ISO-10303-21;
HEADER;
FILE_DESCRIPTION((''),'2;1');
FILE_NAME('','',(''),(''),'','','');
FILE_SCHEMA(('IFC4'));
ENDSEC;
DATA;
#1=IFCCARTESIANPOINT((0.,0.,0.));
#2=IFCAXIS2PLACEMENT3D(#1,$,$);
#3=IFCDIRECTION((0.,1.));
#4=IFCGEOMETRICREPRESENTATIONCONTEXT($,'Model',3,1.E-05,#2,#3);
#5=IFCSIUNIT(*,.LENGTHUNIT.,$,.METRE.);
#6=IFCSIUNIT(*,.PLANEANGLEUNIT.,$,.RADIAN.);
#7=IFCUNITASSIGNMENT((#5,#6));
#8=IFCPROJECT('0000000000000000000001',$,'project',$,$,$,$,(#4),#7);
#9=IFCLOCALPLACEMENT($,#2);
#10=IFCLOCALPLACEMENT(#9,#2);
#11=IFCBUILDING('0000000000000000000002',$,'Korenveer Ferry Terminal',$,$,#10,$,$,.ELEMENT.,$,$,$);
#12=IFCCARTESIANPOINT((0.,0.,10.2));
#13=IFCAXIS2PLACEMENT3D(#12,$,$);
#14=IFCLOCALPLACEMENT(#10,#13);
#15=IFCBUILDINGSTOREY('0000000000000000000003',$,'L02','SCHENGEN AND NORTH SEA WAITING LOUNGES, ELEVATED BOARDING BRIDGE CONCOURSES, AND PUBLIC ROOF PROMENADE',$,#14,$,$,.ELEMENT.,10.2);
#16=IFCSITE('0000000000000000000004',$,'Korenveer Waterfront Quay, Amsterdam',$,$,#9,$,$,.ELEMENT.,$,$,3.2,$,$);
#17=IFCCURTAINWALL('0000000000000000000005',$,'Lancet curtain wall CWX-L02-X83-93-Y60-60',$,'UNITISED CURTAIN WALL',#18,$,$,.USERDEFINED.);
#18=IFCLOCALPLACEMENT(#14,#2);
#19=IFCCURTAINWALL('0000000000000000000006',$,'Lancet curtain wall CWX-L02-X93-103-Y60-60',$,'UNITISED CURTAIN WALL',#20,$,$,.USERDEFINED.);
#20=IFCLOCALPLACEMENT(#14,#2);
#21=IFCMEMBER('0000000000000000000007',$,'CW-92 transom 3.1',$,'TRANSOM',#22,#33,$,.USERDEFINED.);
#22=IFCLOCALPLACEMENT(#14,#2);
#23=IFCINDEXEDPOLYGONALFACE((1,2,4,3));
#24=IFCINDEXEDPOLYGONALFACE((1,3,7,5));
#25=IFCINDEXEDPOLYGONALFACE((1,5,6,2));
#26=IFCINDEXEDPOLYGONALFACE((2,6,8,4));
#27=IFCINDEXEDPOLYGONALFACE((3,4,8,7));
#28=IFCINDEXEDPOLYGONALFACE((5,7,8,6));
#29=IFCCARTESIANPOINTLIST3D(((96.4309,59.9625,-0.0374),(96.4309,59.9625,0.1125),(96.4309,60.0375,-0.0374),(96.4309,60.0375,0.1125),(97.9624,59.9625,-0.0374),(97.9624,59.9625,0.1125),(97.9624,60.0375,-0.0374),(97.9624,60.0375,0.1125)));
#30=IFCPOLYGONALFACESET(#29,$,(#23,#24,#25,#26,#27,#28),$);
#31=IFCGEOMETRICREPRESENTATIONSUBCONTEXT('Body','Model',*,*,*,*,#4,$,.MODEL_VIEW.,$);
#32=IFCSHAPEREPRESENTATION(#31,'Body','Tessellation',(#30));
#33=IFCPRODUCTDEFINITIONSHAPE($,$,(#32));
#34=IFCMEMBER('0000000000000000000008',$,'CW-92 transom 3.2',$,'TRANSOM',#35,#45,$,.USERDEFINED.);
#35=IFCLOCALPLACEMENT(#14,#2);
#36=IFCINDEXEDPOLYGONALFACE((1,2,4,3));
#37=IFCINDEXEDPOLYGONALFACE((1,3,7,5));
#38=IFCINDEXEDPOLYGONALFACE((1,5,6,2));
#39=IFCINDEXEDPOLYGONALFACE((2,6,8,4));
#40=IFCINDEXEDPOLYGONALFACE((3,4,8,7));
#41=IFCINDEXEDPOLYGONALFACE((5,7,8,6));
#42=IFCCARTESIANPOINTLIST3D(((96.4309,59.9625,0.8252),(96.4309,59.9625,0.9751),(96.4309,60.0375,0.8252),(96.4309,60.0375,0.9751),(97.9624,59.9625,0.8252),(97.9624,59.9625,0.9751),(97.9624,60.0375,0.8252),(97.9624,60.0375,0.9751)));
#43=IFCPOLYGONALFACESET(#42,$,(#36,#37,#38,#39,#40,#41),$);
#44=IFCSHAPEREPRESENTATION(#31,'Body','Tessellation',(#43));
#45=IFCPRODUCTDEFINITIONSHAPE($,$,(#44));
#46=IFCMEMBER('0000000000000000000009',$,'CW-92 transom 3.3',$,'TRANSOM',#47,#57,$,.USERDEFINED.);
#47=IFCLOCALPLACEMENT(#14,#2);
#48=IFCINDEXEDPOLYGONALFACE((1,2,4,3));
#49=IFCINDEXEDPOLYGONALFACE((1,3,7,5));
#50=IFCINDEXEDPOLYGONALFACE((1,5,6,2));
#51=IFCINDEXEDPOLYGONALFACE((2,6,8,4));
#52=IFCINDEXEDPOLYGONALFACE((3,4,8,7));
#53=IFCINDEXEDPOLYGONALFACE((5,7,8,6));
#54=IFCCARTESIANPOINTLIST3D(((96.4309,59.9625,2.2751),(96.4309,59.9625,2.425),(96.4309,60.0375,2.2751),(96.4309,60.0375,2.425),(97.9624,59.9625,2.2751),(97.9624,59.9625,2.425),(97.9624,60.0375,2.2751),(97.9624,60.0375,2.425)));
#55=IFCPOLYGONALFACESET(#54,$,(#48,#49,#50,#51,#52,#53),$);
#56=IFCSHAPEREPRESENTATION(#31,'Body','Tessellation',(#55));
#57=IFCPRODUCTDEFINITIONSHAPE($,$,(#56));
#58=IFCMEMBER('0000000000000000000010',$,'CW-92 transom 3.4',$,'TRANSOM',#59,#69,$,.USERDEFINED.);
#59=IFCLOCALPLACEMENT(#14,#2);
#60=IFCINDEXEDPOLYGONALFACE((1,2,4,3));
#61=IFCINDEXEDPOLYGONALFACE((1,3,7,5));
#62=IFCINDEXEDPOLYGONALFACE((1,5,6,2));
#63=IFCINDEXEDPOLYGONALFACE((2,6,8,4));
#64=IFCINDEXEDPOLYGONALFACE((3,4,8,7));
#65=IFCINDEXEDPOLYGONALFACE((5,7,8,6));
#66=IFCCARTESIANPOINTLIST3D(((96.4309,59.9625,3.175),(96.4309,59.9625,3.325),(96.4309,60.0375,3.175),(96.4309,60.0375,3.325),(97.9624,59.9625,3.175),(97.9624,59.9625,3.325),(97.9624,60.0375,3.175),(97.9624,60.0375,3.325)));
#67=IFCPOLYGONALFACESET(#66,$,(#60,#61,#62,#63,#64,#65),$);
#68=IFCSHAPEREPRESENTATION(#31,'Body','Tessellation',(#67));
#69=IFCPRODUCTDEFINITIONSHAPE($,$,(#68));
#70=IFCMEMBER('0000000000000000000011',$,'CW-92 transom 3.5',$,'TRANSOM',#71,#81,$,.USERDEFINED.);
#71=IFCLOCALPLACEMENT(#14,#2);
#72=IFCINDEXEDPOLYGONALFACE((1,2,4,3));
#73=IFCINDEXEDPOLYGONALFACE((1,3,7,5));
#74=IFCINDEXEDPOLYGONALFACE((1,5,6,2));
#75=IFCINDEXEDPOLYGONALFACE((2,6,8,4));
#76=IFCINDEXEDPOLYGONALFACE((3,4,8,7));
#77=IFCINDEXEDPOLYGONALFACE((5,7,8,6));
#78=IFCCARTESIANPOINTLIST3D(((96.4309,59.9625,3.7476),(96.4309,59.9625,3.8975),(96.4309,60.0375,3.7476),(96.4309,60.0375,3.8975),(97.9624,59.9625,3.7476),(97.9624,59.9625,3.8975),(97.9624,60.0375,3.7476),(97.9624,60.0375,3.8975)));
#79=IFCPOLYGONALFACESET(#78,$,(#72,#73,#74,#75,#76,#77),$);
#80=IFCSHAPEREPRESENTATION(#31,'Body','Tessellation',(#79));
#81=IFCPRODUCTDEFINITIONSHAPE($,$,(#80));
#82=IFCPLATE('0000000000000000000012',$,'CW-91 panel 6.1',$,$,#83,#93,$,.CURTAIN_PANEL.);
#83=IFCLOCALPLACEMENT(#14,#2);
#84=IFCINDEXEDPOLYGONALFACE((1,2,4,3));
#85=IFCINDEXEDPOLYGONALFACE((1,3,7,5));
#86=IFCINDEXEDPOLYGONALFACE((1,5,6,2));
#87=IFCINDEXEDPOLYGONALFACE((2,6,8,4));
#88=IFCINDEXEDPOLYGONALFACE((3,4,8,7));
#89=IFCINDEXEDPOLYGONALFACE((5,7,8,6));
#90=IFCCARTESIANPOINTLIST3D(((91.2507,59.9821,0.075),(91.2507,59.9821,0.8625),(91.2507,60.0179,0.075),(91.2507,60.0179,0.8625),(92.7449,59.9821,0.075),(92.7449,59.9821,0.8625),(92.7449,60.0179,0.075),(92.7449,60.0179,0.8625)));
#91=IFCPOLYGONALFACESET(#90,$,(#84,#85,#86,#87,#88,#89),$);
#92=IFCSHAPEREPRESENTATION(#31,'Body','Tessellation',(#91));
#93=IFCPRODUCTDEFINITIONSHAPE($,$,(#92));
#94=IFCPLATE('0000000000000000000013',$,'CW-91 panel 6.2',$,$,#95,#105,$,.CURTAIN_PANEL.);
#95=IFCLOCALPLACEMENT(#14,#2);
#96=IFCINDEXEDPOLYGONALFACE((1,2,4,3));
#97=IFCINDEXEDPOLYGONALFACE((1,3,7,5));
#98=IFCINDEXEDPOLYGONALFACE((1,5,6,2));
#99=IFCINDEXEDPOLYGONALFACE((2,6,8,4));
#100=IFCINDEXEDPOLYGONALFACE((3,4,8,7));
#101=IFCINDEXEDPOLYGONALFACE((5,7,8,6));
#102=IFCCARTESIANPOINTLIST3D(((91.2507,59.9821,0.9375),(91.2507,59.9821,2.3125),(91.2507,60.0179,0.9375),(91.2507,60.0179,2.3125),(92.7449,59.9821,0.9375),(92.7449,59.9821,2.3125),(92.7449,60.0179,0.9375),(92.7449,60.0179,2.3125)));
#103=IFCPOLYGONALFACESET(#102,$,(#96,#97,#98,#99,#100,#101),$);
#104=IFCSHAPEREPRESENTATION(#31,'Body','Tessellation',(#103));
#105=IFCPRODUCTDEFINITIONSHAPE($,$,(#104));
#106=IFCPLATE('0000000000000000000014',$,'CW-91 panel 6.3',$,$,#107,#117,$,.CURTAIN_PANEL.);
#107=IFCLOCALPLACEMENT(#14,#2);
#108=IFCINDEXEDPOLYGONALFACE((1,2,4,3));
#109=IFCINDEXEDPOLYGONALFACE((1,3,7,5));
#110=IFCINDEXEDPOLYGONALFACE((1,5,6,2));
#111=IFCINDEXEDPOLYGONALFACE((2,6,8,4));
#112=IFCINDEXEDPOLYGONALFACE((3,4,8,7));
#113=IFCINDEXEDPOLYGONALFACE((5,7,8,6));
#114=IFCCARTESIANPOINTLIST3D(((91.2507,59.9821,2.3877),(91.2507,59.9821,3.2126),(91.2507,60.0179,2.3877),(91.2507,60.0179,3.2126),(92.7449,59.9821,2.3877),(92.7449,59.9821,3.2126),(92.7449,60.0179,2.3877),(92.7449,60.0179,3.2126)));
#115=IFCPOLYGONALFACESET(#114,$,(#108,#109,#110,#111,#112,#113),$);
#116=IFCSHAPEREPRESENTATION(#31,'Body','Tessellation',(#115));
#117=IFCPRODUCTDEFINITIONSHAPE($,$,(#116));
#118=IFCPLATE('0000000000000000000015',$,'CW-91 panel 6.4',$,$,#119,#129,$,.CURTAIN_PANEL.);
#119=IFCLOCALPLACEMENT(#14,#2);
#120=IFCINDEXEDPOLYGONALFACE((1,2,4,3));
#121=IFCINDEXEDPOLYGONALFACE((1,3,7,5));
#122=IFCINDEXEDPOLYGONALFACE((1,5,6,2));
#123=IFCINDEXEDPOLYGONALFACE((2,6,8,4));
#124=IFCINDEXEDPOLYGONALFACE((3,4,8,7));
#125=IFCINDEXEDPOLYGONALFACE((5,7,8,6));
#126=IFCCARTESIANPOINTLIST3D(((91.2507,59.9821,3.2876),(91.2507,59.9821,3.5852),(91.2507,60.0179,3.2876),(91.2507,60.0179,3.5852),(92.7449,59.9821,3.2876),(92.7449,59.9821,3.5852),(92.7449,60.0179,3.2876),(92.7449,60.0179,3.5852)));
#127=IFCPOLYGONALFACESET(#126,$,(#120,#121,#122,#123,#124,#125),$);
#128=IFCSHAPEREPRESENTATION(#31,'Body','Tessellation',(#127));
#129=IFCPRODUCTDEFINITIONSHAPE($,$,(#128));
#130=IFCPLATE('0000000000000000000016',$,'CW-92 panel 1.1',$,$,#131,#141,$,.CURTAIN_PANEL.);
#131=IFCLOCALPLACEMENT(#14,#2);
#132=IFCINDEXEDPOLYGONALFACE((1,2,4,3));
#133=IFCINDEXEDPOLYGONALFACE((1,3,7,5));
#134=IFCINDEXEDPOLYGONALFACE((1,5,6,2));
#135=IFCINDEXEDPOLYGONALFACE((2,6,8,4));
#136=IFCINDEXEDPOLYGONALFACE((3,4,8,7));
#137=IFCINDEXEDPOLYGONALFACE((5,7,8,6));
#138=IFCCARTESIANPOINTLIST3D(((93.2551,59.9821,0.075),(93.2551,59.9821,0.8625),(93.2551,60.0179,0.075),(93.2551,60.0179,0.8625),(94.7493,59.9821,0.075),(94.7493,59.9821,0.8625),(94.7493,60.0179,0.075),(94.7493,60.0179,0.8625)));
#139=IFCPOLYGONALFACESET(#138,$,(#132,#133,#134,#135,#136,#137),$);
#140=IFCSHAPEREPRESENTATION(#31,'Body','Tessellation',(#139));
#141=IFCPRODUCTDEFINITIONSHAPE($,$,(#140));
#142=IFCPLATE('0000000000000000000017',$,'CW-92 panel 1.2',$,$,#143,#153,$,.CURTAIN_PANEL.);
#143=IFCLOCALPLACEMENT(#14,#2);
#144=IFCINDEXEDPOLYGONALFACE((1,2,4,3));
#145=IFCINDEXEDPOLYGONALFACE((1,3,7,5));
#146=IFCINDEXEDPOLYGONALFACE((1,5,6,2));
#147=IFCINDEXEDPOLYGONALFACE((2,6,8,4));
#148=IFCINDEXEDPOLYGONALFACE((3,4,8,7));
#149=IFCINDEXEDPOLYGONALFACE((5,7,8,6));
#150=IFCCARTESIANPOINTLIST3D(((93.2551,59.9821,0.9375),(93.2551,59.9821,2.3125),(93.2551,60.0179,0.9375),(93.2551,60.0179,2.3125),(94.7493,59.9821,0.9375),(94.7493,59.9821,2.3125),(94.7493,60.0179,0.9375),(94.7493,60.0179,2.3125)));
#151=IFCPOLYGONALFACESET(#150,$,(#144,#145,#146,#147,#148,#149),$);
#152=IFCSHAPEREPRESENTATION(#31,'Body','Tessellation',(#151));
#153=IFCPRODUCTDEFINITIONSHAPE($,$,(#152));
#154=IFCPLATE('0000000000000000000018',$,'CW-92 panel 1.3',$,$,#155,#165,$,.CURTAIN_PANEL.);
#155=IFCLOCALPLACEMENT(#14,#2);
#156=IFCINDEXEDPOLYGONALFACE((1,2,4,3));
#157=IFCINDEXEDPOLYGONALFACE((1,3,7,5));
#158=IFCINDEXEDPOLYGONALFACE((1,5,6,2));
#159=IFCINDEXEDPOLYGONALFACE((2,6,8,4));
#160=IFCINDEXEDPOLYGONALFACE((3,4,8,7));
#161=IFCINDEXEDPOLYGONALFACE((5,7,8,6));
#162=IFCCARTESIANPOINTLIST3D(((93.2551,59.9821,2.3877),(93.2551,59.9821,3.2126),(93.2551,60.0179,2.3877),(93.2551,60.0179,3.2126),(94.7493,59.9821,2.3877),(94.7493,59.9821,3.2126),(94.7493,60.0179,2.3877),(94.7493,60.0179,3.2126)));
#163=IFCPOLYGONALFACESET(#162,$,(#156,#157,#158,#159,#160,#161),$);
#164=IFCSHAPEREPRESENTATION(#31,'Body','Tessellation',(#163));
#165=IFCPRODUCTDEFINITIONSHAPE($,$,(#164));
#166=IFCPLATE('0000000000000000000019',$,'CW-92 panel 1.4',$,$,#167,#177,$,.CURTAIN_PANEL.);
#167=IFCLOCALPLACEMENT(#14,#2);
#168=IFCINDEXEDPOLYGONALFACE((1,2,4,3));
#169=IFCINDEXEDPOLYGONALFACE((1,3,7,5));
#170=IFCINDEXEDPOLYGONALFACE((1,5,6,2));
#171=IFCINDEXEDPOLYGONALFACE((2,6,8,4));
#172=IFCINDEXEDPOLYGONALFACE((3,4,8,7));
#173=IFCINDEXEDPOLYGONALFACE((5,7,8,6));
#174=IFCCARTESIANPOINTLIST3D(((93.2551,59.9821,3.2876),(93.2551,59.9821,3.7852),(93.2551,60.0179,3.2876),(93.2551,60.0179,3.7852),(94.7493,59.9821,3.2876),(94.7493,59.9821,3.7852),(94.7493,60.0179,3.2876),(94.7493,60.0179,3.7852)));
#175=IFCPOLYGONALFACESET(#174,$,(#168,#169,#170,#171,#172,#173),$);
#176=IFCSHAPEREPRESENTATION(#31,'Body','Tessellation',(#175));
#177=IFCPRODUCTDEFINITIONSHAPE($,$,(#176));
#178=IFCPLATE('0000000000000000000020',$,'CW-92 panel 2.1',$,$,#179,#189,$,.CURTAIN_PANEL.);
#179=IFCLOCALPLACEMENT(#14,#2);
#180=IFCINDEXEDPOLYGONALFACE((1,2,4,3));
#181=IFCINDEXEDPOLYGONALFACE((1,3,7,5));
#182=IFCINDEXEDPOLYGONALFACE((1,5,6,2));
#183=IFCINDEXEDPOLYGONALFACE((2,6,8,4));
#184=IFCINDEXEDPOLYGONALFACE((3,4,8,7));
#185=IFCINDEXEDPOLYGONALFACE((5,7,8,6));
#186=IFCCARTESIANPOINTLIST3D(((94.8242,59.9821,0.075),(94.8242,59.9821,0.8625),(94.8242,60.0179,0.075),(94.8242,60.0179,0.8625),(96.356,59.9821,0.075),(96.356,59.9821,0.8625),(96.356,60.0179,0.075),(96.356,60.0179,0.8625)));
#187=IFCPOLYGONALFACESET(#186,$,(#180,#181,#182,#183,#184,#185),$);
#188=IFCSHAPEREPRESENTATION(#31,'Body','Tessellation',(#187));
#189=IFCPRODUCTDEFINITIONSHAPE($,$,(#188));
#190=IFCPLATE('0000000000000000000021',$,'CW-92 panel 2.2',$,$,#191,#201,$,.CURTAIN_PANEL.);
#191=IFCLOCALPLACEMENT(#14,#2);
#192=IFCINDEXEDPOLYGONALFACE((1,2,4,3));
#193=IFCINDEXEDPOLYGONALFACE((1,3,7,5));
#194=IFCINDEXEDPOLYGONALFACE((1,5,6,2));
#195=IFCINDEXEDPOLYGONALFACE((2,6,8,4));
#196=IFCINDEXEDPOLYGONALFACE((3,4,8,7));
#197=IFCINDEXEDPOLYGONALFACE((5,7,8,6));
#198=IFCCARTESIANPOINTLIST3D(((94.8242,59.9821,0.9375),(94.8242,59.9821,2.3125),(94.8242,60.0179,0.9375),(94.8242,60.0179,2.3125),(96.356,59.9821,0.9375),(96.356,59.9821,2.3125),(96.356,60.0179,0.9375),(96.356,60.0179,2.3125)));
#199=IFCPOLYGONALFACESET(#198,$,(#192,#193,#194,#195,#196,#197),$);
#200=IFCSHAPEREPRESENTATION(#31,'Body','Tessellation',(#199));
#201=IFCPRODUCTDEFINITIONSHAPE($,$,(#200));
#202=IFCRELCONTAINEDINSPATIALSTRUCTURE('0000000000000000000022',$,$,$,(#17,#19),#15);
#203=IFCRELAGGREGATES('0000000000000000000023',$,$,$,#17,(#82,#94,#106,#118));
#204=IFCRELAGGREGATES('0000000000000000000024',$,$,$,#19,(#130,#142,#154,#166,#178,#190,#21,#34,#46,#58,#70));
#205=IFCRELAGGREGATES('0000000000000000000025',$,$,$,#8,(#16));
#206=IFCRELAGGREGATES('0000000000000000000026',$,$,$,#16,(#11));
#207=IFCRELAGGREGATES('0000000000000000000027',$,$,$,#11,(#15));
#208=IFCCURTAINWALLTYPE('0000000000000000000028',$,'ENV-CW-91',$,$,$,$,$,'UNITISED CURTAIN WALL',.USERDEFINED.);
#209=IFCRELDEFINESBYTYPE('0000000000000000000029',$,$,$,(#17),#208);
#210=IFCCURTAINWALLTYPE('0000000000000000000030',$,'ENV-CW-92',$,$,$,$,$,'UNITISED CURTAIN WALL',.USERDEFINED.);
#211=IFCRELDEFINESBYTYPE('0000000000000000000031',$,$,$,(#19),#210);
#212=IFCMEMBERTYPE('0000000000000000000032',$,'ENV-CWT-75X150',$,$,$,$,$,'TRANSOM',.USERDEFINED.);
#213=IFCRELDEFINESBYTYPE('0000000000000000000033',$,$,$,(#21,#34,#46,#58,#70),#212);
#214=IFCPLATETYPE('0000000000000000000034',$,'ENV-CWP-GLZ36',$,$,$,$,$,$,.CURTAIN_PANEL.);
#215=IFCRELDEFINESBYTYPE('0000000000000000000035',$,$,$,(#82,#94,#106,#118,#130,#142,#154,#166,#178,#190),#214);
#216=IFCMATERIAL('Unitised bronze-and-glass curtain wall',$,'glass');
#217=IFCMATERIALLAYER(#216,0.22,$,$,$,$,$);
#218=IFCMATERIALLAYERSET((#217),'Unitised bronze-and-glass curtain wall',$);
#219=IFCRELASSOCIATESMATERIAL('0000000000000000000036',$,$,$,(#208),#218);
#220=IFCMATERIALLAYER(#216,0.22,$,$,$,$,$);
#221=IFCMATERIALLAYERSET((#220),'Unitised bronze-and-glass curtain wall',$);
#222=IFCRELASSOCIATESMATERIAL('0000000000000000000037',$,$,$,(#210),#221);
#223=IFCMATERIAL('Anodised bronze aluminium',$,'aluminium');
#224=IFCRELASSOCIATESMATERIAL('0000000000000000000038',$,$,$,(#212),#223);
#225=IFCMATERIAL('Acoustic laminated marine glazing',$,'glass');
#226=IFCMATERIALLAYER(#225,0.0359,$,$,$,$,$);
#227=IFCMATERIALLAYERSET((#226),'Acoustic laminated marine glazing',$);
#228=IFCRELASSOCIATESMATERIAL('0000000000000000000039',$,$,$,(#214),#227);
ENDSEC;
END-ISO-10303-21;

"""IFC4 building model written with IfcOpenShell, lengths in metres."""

from ifc_helpers import new_model, si_unit, direction, frame, origin, origin_2d, place, context, subcontext, project, spatial, rectangle, extrude, material, layer, layer_set, material_profile, profile_set, type_object, element, aggregate, save


model = new_model("IFC4")

# Units and contexts
model_context = context("Model", 3, precision=1e-05, world=origin(), true_north=direction((0.0, 1.0)))
body_context = subcontext(model_context, "Body", "Model", "MODEL_VIEW")
ifc_project = project(units=[si_unit("LENGTHUNIT", "METRE"), si_unit("PLANEANGLEUNIT", "RADIAN")], contexts=[model_context])

# Site, building, storey
site_placement = place(None, origin())
site = spatial("IfcSite", under=ifc_project, at=site_placement, Name="Korenveer Waterfront Quay, Amsterdam", CompositionType="ELEMENT", RefElevation=3.2)
building_placement = place(site_placement, origin())
building = spatial("IfcBuilding", under=site, at=building_placement, Name="Korenveer Ferry Terminal", CompositionType="ELEMENT")
storey_placement = place(building_placement, frame((0.0, 0.0, 10.2)))
storey = spatial("IfcBuildingStorey", under=building, at=storey_placement, Name="L02", Description="SCHENGEN AND NORTH SEA WAITING LOUNGES, ELEVATED BOARDING BRIDGE CONCOURSES, AND PUBLIC ROOF PROMENADE", CompositionType="ELEMENT", Elevation=10.2)

# Curtain wall
ifc_material_1 = material(Name="Unitised bronze-and-glass curtain wall", Category="glass")
ifc_layer_1 = layer(ifc_material_1, 0.22)
ifc_layer_set_1 = layer_set([ifc_layer_1], Name="Unitised bronze-and-glass curtain wall")
curtain_wall_type_1 = type_object("IfcCurtainWallType", Name="ENV-CW-91", ElementType="UNITISED CURTAIN WALL", PredefinedType="USERDEFINED", material=ifc_layer_set_1)
curtain_wall_1_placement = place(storey_placement, frame((83.1799, 60.0, 0.0)))
curtain_wall_1 = element("IfcCurtainWall", 1, at=curtain_wall_1_placement, inside=storey, type_object=curtain_wall_type_1, Name="Lancet curtain wall CWX-L02-X83-93-Y60-60", ObjectType="UNITISED CURTAIN WALL", PredefinedType="USERDEFINED")
ifc_material_2 = material(Name="Anodised bronze aluminium", Category="aluminium")

# Curtain wall
ifc_layer_2 = layer(ifc_material_1, 0.22)
ifc_layer_set_2 = layer_set([ifc_layer_2], Name="Unitised bronze-and-glass curtain wall")
curtain_wall_type_2 = type_object("IfcCurtainWallType", Name="ENV-CW-92", ElementType="UNITISED CURTAIN WALL", PredefinedType="USERDEFINED", material=ifc_layer_set_2)
curtain_wall_2_placement = place(storey_placement, frame((93.1799, 60.0, 0.0)))
curtain_wall_2 = element("IfcCurtainWall", 2, at=curtain_wall_2_placement, inside=storey, type_object=curtain_wall_type_2, Name="Lancet curtain wall CWX-L02-X93-103-Y60-60", ObjectType="UNITISED CURTAIN WALL", PredefinedType="USERDEFINED")

# Members
ifc_material_profile_1 = material_profile(ifc_material_2, rectangle(XDim=0.075, YDim=0.1499, at=origin_2d()), Name="ALU 75x150")
ifc_profile_set_1 = profile_set([ifc_material_profile_1], Name="Anodised bronze aluminium")
member_type_1 = type_object("IfcMemberType", Name="ENV-CWT-75X150", ElementType="TRANSOM", PredefinedType="USERDEFINED", material=ifc_profile_set_1)
member_1_placement = place(storey_placement, frame((96.4309, 60.0, 0.0376), z_axis=(1.0, 0.0, 0.0), x_axis=(0.0, 1.0, 0.0)))
member_1 = element("IfcMember", 3, at=member_1_placement, type_object=member_type_1, Name="CW-92 transom 3.1", ObjectType="TRANSOM", PredefinedType="USERDEFINED", context=body_context, shape_type="SweptSolid", body=[
    extrude(rectangle(XDim=0.075, YDim=0.1499, at=origin_2d()), origin(), (0.0, 0.0, 1.0), 1.5315),
])
member_2_placement = place(storey_placement, frame((96.4309, 60.0, 0.9001), z_axis=(1.0, 0.0, 0.0), x_axis=(0.0, 1.0, 0.0)))
member_2 = element("IfcMember", 4, at=member_2_placement, type_object=member_type_1, Name="CW-92 transom 3.2", ObjectType="TRANSOM", PredefinedType="USERDEFINED", context=body_context, shape_type="SweptSolid", body=[
    extrude(rectangle(XDim=0.075, YDim=0.1499, at=origin_2d()), origin(), (0.0, 0.0, 1.0), 1.5315),
])
member_3_placement = place(storey_placement, frame((96.4309, 60.0, 2.3501), z_axis=(1.0, 0.0, 0.0), x_axis=(0.0, 1.0, 0.0)))
member_3 = element("IfcMember", 5, at=member_3_placement, type_object=member_type_1, Name="CW-92 transom 3.3", ObjectType="TRANSOM", PredefinedType="USERDEFINED", context=body_context, shape_type="SweptSolid", body=[
    extrude(rectangle(XDim=0.075, YDim=0.1499, at=origin_2d()), origin(), (0.0, 0.0, 1.0), 1.5315),
])
member_4_placement = place(storey_placement, frame((96.4309, 60.0, 3.25), z_axis=(1.0, 0.0, 0.0), x_axis=(0.0, 1.0, 0.0)))
member_4 = element("IfcMember", 6, at=member_4_placement, type_object=member_type_1, Name="CW-92 transom 3.4", ObjectType="TRANSOM", PredefinedType="USERDEFINED", context=body_context, shape_type="SweptSolid", body=[
    extrude(rectangle(XDim=0.075, YDim=0.1499, at=origin_2d()), origin(), (0.0, 0.0, 1.0), 1.5315),
])
member_5_placement = place(storey_placement, frame((96.4309, 60.0, 3.8225), z_axis=(1.0, 0.0, 0.0), x_axis=(0.0, 1.0, 0.0)))
member_5 = element("IfcMember", 7, at=member_5_placement, type_object=member_type_1, Name="CW-92 transom 3.5", ObjectType="TRANSOM", PredefinedType="USERDEFINED", context=body_context, shape_type="SweptSolid", body=[
    extrude(rectangle(XDim=0.075, YDim=0.1499, at=origin_2d()), origin(), (0.0, 0.0, 1.0), 1.5315),
])

# Plates
ifc_material_3 = material(Name="Acoustic laminated marine glazing", Category="glass")
ifc_layer_3 = layer(ifc_material_3, 0.0359)
ifc_layer_set_3 = layer_set([ifc_layer_3], Name="Acoustic laminated marine glazing")
plate_type = type_object("IfcPlateType", Name="ENV-CWP-GLZ36", PredefinedType="CURTAIN_PANEL", material=ifc_layer_set_3)
plate_1_placement = place(storey_placement, frame((91.9978, 60.0, 0.075), z_axis=(0.0, 0.0, 1.0), x_axis=(1.0, 0.0, 0.0)))
plate_1 = element("IfcPlate", 8, at=plate_1_placement, type_object=plate_type, Name="CW-91 panel 6.1", PredefinedType="CURTAIN_PANEL", context=body_context, shape_type="SweptSolid", body=[
    extrude(rectangle(XDim=1.4941, YDim=0.0359, at=origin_2d()), origin(), (0.0, 0.0, 1.0), 0.7876),
])
plate_2_placement = place(storey_placement, frame((91.9978, 60.0, 0.9375), z_axis=(0.0, 0.0, 1.0), x_axis=(1.0, 0.0, 0.0)))
plate_2 = element("IfcPlate", 9, at=plate_2_placement, type_object=plate_type, Name="CW-91 panel 6.2", PredefinedType="CURTAIN_PANEL", context=body_context, shape_type="SweptSolid", body=[
    extrude(rectangle(XDim=1.4941, YDim=0.0359, at=origin_2d()), origin(), (0.0, 0.0, 1.0), 1.375),
])
plate_3_placement = place(storey_placement, frame((91.9978, 60.0, 2.3877), z_axis=(0.0, 0.0, 1.0), x_axis=(1.0, 0.0, 0.0)))
plate_3 = element("IfcPlate", 10, at=plate_3_placement, type_object=plate_type, Name="CW-91 panel 6.3", PredefinedType="CURTAIN_PANEL", context=body_context, shape_type="SweptSolid", body=[
    extrude(rectangle(XDim=1.4941, YDim=0.0359, at=origin_2d()), origin(), (0.0, 0.0, 1.0), 0.825),
])
plate_4_placement = place(storey_placement, frame((91.9978, 60.0, 3.2876), z_axis=(0.0, 0.0, 1.0), x_axis=(1.0, 0.0, 0.0)))
plate_4 = element("IfcPlate", 11, at=plate_4_placement, type_object=plate_type, Name="CW-91 panel 6.4", PredefinedType="CURTAIN_PANEL", context=body_context, shape_type="SweptSolid", body=[
    extrude(rectangle(XDim=1.4941, YDim=0.0359, at=origin_2d()), origin(), (0.0, 0.0, 1.0), 0.2976),
])
aggregate(curtain_wall_1, [plate_1, plate_2, plate_3, plate_4])
plate_5_placement = place(storey_placement, frame((94.0022, 60.0, 0.075), z_axis=(0.0, 0.0, 1.0), x_axis=(1.0, 0.0, 0.0)))
plate_5 = element("IfcPlate", 12, at=plate_5_placement, type_object=plate_type, Name="CW-92 panel 1.1", PredefinedType="CURTAIN_PANEL", context=body_context, shape_type="SweptSolid", body=[
    extrude(rectangle(XDim=1.4941, YDim=0.0359, at=origin_2d()), origin(), (0.0, 0.0, 1.0), 0.7876),
])
plate_6_placement = place(storey_placement, frame((94.0022, 60.0, 0.9375), z_axis=(0.0, 0.0, 1.0), x_axis=(1.0, 0.0, 0.0)))
plate_6 = element("IfcPlate", 13, at=plate_6_placement, type_object=plate_type, Name="CW-92 panel 1.2", PredefinedType="CURTAIN_PANEL", context=body_context, shape_type="SweptSolid", body=[
    extrude(rectangle(XDim=1.4941, YDim=0.0359, at=origin_2d()), origin(), (0.0, 0.0, 1.0), 1.375),
])
plate_7_placement = place(storey_placement, frame((94.0022, 60.0, 2.3877), z_axis=(0.0, 0.0, 1.0), x_axis=(1.0, 0.0, 0.0)))
plate_7 = element("IfcPlate", 14, at=plate_7_placement, type_object=plate_type, Name="CW-92 panel 1.3", PredefinedType="CURTAIN_PANEL", context=body_context, shape_type="SweptSolid", body=[
    extrude(rectangle(XDim=1.4941, YDim=0.0359, at=origin_2d()), origin(), (0.0, 0.0, 1.0), 0.825),
])
plate_8_placement = place(storey_placement, frame((94.0022, 60.0, 3.2876), z_axis=(0.0, 0.0, 1.0), x_axis=(1.0, 0.0, 0.0)))
plate_8 = element("IfcPlate", 15, at=plate_8_placement, type_object=plate_type, Name="CW-92 panel 1.4", PredefinedType="CURTAIN_PANEL", context=body_context, shape_type="SweptSolid", body=[
    extrude(rectangle(XDim=1.4941, YDim=0.0359, at=origin_2d()), origin(), (0.0, 0.0, 1.0), 0.4976),
])
plate_9_placement = place(storey_placement, frame((95.5901, 60.0, 0.075), z_axis=(0.0, 0.0, 1.0), x_axis=(1.0, 0.0, 0.0)))
plate_9 = element("IfcPlate", 16, at=plate_9_placement, type_object=plate_type, Name="CW-92 panel 2.1", PredefinedType="CURTAIN_PANEL", context=body_context, shape_type="SweptSolid", body=[
    extrude(rectangle(XDim=1.5317, YDim=0.0359, at=origin_2d()), origin(), (0.0, 0.0, 1.0), 0.7876),
])
plate_10_placement = place(storey_placement, frame((95.5901, 60.0, 0.9375), z_axis=(0.0, 0.0, 1.0), x_axis=(1.0, 0.0, 0.0)))
plate_10 = element("IfcPlate", 17, at=plate_10_placement, type_object=plate_type, Name="CW-92 panel 2.2", PredefinedType="CURTAIN_PANEL", context=body_context, shape_type="SweptSolid", body=[
    extrude(rectangle(XDim=1.5317, YDim=0.0359, at=origin_2d()), origin(), (0.0, 0.0, 1.0), 1.375),
])
aggregate(curtain_wall_2, [plate_5, plate_6, plate_7, plate_8, plate_9, plate_10, member_1, member_2, member_3, member_4, member_5])

save(model, "model.ifc")
